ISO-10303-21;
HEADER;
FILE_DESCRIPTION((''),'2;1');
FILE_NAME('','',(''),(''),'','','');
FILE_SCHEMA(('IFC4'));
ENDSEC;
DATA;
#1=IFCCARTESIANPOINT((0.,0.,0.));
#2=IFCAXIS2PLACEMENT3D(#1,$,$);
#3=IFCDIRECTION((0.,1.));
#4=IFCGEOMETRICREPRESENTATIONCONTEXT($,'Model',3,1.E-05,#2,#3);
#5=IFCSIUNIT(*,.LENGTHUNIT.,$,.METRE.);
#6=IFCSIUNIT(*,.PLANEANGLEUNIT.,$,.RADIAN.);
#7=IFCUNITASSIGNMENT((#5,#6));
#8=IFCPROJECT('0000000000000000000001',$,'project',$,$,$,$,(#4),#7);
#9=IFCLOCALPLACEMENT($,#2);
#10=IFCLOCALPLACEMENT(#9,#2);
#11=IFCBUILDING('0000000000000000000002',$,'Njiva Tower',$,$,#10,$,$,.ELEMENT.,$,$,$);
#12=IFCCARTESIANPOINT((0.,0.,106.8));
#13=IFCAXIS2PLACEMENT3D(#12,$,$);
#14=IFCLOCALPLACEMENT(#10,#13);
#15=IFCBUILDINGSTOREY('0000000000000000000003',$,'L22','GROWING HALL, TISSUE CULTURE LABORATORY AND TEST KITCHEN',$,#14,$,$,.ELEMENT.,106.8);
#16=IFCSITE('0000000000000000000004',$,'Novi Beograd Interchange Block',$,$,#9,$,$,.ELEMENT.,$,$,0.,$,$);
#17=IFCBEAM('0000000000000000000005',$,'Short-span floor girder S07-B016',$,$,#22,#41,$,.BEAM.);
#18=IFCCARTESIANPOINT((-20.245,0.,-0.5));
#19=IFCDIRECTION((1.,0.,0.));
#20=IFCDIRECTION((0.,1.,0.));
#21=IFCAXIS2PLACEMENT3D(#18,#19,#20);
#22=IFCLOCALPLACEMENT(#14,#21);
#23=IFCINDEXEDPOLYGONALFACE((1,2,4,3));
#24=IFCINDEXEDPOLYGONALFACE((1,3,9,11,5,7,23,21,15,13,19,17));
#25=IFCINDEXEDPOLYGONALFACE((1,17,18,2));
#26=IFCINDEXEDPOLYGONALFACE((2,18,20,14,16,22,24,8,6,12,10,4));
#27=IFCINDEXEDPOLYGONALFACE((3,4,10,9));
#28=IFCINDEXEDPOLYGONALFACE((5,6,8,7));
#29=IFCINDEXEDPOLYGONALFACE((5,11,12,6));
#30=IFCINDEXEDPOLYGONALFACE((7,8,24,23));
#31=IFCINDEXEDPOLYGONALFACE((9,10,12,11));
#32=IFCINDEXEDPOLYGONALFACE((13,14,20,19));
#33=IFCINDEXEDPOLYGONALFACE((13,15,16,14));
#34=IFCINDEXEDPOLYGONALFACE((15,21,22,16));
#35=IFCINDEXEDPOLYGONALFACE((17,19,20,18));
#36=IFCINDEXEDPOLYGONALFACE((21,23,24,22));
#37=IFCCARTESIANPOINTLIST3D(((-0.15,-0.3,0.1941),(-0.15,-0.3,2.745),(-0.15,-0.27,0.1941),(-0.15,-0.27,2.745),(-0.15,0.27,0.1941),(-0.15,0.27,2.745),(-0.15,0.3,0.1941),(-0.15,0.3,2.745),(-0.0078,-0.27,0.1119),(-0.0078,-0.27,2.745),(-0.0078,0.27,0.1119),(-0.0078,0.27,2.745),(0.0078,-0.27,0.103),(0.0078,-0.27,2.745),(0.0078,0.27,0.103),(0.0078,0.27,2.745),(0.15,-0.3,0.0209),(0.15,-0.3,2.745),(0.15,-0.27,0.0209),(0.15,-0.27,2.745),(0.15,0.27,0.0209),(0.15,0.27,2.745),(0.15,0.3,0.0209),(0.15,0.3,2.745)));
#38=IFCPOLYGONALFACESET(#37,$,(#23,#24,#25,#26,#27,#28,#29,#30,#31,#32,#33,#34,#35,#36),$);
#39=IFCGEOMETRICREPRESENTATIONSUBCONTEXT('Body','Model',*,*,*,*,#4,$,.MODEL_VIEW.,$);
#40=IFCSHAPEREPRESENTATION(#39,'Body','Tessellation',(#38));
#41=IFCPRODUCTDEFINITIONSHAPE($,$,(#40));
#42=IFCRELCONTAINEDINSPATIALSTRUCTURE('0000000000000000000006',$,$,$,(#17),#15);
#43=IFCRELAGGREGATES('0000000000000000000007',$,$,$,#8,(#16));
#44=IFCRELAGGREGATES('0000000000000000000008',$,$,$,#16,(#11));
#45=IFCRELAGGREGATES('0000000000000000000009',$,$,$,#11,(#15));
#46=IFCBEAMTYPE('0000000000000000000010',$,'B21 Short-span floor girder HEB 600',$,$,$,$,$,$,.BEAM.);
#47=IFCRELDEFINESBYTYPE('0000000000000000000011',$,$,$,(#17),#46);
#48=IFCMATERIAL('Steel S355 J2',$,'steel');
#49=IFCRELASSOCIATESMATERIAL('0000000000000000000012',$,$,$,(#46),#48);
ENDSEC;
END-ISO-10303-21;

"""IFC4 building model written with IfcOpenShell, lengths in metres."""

from ifc_helpers import new_model, si_unit, direction, frame, origin, origin_2d, place, context, subcontext, project, spatial, i_section, extrude, clip, halfspace, material, material_profile, profile_set, type_object, element, save


model = new_model("IFC4")

# Units and contexts
model_context = context("Model", 3, precision=1e-05, world=origin(), true_north=direction((0.0, 1.0)))
body_context = subcontext(model_context, "Body", "Model", "MODEL_VIEW")
ifc_project = project(units=[si_unit("LENGTHUNIT", "METRE"), si_unit("PLANEANGLEUNIT", "RADIAN")], contexts=[model_context])

# Site, building, storey
site_placement = place(None, origin())
site = spatial("IfcSite", under=ifc_project, at=site_placement, Name="Novi Beograd Interchange Block", CompositionType="ELEMENT", RefElevation=0.0)
building_placement = place(site_placement, origin())
building = spatial("IfcBuilding", under=site, at=building_placement, Name="Njiva Tower", CompositionType="ELEMENT")
storey_placement = place(building_placement, frame((0.0, 0.0, 106.8)))
storey = spatial("IfcBuildingStorey", under=building, at=storey_placement, Name="L22", Description="GROWING HALL, TISSUE CULTURE LABORATORY AND TEST KITCHEN", CompositionType="ELEMENT", Elevation=106.8)

# Shared definitions
ifc_material_1 = material(Name="Steel S355 J2", Category="steel")

# Beam
ifc_material_profile_1 = material_profile(ifc_material_1, i_section(OverallWidth=0.3, OverallDepth=0.6, WebThickness=0.0155, FlangeThickness=0.03, at=origin_2d()), Name="HEB 600")
ifc_profile_set_1 = profile_set([ifc_material_profile_1], Name="Steel S355 J2")
beam_type_1 = type_object("IfcBeamType", Name="B21 Short-span floor girder HEB 600", PredefinedType="BEAM", material=ifc_profile_set_1)
beam_1_placement = place(storey_placement, frame((-20.245, 0.0, -0.5), z_axis=(1.0, 0.0, 0.0), x_axis=(0.0, 1.0, 0.0)))
element("IfcBeam", 1, at=beam_1_placement, inside=storey, type_object=beam_type_1, Name="Short-span floor girder S07-B016", PredefinedType="BEAM", context=body_context, shape_type="Clipping", body=[
    clip(extrude(i_section(OverallWidth=0.3, OverallDepth=0.6, WebThickness=0.0155, FlangeThickness=0.03, at=origin_2d()), origin(), (0.0, 0.0, 1.0), 2.745), halfspace(frame((-0.025, 0.0, 0.1219), z_axis=(-0.499998, 0.0, -0.866027), x_axis=(0.0, -1.0, 0.0)), False)),
])

save(model, "model.ifc")
